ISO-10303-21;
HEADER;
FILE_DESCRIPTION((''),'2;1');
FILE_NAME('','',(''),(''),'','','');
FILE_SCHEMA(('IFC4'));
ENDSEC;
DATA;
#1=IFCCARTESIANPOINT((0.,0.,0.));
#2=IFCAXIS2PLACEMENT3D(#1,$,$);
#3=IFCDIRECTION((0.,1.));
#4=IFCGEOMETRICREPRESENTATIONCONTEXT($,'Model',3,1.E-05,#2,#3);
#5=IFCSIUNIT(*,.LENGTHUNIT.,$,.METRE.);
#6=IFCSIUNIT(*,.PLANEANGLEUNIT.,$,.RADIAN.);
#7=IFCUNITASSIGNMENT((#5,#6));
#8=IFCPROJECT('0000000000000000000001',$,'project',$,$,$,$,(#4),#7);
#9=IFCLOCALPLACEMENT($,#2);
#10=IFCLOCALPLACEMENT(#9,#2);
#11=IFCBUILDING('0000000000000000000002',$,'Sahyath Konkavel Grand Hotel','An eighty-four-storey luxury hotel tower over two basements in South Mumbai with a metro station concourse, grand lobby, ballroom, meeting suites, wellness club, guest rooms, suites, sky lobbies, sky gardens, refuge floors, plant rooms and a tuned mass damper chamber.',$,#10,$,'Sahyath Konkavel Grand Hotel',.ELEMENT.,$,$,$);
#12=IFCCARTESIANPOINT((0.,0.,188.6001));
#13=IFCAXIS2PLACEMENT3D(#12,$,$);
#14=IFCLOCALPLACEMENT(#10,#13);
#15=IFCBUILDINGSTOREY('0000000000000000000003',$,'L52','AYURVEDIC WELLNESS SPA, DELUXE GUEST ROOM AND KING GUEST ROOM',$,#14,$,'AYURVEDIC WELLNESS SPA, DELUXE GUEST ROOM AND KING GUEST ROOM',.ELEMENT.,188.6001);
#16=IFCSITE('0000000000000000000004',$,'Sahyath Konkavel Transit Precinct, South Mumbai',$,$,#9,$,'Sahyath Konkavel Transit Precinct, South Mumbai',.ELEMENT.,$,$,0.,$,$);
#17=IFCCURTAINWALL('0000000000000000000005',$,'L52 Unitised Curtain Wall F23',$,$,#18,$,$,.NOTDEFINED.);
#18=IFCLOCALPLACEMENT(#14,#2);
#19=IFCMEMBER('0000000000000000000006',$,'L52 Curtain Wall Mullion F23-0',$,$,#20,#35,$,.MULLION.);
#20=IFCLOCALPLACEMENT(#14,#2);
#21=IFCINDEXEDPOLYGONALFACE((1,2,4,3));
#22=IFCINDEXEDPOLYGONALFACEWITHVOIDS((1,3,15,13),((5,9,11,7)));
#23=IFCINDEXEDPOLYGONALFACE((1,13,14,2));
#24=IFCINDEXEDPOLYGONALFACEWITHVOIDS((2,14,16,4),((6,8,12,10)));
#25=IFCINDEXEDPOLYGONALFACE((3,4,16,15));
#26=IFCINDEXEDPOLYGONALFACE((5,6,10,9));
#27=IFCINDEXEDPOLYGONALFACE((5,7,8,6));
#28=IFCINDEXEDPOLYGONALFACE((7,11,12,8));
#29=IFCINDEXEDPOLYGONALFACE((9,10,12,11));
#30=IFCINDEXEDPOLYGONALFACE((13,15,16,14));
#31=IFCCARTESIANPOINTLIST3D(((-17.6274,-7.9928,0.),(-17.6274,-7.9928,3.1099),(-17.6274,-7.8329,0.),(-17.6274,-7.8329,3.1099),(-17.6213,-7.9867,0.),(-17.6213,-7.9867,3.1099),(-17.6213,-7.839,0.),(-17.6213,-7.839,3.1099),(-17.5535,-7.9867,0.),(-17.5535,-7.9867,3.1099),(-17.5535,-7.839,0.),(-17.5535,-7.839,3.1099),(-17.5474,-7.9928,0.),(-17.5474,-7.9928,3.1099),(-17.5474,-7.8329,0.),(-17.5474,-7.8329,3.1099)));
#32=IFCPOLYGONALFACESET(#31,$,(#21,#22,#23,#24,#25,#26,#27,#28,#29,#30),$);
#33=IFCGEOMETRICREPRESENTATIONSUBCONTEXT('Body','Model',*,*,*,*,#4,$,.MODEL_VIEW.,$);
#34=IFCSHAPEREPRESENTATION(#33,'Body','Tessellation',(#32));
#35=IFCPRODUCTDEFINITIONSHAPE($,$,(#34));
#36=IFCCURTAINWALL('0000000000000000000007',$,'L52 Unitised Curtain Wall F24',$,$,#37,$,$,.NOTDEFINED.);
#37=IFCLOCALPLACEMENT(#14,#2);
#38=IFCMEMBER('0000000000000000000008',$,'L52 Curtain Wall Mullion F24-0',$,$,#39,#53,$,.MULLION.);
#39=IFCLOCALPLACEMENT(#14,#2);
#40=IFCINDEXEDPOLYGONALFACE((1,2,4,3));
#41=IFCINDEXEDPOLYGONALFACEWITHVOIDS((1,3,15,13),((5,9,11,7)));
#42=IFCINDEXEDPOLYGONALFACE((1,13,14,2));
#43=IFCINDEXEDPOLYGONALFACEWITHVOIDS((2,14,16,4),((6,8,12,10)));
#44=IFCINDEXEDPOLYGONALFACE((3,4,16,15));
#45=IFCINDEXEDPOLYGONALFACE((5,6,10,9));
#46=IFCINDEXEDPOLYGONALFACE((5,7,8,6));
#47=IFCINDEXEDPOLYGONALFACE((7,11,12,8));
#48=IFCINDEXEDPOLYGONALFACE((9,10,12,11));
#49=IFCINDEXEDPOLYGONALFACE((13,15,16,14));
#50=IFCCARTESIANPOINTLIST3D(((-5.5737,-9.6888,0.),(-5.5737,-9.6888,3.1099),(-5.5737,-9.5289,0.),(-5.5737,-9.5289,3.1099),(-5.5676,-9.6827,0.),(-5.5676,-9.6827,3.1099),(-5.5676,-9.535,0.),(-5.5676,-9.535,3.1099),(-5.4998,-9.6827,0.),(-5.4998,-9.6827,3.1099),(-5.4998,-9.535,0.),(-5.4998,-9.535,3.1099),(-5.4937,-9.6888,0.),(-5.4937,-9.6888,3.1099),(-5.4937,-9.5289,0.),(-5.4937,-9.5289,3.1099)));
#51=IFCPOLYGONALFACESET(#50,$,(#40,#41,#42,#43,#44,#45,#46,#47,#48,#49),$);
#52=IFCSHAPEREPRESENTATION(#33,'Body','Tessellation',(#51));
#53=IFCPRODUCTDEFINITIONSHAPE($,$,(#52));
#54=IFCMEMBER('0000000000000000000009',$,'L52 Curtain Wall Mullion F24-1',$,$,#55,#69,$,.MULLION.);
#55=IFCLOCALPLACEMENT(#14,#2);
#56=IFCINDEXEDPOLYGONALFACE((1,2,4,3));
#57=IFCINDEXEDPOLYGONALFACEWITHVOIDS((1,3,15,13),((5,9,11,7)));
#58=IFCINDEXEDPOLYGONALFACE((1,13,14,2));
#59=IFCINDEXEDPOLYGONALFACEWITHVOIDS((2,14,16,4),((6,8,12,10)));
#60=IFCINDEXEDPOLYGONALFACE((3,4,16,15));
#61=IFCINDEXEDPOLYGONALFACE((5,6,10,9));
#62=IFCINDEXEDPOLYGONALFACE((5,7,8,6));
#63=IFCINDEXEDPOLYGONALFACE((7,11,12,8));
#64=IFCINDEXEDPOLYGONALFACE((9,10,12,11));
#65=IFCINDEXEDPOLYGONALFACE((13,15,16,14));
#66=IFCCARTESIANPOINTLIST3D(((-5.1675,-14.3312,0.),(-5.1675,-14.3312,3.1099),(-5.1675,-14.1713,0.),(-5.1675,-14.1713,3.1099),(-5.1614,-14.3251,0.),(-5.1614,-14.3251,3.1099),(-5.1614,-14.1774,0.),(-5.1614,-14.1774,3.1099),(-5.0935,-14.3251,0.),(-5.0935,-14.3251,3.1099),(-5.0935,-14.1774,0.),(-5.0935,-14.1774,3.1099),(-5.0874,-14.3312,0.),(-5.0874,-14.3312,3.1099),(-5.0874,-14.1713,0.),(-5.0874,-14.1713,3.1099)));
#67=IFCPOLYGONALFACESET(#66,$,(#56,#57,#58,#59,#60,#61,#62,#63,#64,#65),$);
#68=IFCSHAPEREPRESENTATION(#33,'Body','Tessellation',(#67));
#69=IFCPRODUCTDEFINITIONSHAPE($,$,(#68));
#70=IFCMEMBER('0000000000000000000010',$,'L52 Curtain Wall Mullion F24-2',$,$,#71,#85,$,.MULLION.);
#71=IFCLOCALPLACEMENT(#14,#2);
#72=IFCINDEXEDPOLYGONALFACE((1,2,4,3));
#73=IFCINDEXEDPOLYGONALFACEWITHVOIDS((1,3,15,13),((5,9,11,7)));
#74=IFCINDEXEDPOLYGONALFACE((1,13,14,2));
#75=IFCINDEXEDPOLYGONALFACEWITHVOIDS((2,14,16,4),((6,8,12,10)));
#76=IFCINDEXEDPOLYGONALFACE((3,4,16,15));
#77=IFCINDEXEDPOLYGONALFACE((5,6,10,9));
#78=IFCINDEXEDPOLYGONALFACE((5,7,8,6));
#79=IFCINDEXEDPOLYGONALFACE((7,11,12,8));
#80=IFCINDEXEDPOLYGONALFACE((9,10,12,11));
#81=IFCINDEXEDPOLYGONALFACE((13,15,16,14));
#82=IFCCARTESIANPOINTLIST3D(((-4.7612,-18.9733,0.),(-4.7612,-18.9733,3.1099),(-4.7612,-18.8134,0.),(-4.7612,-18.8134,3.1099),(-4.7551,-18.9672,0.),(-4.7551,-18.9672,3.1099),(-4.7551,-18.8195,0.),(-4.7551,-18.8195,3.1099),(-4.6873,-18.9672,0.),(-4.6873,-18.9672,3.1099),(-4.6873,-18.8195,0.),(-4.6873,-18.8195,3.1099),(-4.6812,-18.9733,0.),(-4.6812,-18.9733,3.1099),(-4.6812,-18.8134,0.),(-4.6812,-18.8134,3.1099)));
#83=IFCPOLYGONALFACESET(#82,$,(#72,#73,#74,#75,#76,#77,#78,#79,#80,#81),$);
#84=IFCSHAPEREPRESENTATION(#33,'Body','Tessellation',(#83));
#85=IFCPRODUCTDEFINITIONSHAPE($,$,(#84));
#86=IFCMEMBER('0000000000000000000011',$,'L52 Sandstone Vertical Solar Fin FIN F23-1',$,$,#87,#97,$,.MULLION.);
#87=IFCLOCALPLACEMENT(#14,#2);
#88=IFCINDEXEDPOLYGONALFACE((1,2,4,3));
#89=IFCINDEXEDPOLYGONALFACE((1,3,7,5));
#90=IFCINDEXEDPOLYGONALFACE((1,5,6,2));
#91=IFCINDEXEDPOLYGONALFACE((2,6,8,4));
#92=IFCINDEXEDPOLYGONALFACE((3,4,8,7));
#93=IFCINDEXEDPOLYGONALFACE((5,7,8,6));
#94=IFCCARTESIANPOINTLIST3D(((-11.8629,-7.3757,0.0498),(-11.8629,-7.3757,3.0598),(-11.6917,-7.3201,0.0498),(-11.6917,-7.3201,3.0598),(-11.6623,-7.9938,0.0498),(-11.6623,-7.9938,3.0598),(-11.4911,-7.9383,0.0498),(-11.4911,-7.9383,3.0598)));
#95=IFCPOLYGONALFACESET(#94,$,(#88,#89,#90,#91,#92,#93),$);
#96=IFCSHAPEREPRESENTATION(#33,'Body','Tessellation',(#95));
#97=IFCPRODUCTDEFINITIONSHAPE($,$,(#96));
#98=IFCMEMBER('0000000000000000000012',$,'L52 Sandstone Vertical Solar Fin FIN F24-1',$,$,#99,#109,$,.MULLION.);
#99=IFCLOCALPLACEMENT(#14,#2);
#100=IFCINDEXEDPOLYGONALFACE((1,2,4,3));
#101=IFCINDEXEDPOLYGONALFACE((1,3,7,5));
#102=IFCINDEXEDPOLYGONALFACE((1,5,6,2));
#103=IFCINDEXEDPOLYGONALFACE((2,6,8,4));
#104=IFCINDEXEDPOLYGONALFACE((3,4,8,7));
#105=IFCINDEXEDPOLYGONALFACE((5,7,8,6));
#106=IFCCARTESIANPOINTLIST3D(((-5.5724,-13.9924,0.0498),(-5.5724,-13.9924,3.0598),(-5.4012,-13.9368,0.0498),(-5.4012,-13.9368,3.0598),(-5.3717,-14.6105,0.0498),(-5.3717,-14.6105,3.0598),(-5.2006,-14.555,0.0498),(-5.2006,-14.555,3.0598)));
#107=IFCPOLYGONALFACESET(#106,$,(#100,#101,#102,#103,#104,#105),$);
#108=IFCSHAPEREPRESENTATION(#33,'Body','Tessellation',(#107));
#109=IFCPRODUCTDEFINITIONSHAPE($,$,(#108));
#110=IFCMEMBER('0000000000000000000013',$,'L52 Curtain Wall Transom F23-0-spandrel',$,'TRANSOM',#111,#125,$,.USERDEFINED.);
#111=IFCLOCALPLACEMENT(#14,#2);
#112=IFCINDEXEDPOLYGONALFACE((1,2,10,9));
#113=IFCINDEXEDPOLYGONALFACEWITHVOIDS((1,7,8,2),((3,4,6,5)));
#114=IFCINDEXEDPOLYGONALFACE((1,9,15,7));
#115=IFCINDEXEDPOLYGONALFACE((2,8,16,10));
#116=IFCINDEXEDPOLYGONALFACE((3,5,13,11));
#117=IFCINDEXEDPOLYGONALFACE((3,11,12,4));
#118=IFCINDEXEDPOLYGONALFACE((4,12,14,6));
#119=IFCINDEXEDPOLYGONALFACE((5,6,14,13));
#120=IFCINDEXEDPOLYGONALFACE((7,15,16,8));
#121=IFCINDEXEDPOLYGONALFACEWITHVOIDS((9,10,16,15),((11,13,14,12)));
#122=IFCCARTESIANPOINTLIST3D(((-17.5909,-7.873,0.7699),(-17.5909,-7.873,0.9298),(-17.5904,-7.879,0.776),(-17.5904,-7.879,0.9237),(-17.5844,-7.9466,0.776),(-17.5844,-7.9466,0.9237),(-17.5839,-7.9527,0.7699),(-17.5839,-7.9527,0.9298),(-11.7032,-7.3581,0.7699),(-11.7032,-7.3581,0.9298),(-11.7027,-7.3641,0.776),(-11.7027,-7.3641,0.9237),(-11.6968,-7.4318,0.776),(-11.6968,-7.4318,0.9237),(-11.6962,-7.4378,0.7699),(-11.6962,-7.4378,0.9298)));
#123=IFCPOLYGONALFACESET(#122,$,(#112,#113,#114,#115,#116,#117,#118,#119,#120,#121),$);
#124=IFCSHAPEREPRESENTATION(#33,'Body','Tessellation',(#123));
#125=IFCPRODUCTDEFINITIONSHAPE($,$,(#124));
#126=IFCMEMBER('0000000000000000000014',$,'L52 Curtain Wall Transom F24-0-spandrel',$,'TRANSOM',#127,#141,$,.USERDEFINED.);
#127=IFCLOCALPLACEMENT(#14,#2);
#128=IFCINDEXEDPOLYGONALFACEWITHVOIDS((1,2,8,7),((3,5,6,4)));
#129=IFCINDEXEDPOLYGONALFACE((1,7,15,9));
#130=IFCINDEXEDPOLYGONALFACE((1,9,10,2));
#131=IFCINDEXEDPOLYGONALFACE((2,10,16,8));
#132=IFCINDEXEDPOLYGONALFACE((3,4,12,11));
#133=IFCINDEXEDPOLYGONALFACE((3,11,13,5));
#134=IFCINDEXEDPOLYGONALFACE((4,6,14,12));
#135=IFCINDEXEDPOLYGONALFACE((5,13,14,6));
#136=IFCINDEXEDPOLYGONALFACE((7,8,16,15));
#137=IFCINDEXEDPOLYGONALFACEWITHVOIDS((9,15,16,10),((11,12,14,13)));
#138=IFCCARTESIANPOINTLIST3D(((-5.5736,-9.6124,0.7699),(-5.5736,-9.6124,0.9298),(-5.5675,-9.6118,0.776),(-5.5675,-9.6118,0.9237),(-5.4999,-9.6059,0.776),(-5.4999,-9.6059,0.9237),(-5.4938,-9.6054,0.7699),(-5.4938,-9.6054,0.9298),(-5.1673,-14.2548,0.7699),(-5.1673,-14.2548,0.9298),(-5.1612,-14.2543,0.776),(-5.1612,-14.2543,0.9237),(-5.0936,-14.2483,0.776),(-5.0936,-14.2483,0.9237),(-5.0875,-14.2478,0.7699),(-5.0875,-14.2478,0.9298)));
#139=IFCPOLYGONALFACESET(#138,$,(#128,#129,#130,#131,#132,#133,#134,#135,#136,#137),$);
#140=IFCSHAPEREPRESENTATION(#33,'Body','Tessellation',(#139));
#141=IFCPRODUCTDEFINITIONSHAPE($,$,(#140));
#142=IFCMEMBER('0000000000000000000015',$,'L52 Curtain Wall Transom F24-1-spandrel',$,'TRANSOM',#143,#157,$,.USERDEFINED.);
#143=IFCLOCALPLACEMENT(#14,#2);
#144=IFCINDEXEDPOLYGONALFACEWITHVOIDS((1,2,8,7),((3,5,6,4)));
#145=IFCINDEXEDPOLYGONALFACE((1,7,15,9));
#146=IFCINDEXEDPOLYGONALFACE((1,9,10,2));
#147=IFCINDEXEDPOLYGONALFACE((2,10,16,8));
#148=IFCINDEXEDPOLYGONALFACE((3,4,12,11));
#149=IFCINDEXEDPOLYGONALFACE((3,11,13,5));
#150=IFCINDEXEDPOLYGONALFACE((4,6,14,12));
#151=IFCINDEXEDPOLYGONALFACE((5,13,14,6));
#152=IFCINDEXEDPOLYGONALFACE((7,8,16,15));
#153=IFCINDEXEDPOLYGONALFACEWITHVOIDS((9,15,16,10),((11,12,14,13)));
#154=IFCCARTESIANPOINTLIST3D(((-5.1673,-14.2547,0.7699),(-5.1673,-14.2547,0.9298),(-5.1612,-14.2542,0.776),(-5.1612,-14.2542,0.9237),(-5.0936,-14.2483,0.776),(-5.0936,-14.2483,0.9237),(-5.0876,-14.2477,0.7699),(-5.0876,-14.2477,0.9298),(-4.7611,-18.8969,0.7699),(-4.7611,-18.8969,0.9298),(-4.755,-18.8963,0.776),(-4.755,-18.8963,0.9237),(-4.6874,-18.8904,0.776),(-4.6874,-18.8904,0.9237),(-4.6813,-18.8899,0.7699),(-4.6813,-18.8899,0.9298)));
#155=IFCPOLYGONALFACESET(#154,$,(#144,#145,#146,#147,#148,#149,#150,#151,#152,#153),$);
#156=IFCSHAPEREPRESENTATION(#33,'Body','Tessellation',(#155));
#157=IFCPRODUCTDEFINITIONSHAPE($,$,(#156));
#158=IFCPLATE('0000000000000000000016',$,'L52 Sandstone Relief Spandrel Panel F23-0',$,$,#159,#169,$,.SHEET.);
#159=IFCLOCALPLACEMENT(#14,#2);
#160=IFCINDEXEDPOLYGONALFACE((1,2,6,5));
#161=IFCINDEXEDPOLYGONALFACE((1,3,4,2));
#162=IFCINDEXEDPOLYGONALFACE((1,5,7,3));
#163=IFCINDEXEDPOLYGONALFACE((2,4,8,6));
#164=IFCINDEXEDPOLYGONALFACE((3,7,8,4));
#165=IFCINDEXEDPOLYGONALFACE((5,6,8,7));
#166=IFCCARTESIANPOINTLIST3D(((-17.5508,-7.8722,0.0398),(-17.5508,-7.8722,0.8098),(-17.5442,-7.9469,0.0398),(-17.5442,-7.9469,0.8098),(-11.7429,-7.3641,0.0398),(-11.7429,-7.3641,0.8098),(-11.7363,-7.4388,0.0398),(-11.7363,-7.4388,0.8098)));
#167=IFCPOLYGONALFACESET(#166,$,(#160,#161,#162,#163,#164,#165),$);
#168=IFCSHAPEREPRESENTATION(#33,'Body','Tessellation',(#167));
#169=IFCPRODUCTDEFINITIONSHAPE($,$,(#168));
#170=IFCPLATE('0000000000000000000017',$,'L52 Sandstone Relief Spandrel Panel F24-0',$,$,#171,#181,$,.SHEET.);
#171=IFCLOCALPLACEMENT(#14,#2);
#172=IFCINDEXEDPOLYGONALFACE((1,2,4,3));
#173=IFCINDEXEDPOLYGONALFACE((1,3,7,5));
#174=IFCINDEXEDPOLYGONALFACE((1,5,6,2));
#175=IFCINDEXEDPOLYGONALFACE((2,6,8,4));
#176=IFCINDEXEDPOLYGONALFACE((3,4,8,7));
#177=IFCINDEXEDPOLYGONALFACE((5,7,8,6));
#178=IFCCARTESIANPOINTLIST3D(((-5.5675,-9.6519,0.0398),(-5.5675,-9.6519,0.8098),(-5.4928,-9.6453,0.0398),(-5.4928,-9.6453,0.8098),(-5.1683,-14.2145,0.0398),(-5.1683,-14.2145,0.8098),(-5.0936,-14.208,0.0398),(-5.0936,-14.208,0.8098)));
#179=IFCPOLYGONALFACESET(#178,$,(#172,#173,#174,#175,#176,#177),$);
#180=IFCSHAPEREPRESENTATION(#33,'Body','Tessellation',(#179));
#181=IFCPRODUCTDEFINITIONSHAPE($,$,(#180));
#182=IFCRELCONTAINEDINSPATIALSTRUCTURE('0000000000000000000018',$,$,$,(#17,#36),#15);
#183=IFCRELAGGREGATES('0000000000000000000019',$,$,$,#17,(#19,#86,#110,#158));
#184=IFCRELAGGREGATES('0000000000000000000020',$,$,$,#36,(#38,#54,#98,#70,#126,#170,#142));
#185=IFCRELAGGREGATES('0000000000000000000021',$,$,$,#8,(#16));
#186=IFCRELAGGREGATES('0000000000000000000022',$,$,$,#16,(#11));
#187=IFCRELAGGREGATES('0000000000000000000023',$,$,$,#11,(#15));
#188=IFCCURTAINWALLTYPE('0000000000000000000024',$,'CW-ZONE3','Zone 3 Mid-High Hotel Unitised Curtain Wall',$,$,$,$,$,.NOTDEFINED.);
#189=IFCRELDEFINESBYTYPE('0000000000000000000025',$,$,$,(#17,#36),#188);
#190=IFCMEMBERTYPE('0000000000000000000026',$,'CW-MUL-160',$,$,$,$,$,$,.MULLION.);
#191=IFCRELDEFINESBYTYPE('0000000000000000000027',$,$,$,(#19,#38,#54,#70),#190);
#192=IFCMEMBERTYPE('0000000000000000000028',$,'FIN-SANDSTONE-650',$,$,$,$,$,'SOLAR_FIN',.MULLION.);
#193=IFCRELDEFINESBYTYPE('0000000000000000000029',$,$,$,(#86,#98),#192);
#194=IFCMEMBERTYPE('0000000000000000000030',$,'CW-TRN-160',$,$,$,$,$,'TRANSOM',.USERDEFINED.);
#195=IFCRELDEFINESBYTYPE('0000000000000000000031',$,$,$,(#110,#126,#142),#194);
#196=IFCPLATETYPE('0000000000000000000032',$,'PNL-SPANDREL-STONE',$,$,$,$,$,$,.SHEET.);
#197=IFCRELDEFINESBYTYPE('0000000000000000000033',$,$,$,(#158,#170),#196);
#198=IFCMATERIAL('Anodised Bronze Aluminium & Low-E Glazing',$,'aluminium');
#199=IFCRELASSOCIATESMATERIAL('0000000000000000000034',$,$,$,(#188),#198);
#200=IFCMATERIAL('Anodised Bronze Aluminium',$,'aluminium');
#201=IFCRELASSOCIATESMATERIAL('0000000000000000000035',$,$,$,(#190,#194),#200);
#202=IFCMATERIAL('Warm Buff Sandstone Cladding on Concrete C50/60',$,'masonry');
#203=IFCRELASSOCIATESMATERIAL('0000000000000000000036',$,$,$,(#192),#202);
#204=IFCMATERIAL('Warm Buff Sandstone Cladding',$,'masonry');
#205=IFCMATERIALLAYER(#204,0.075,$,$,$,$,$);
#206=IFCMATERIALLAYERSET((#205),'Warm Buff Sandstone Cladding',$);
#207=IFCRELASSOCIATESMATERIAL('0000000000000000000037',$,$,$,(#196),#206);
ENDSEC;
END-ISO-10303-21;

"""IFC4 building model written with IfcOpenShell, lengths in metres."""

from ifc_helpers import new_model, si_unit, direction, frame, origin, origin_2d, place, context, subcontext, project, spatial, rectangle, hollow_rectangle, extrude, source, transform, mapped, material, layer, layer_set, material_profile, profile_set, type_object, element, aggregate, save


model = new_model("IFC4")

# Units and contexts
model_context = context("Model", 3, precision=1e-05, world=origin(), true_north=direction((0.0, 1.0)))
body_context = subcontext(model_context, "Body", "Model", "MODEL_VIEW")
ifc_project = project(units=[si_unit("LENGTHUNIT", "METRE"), si_unit("PLANEANGLEUNIT", "RADIAN")], contexts=[model_context])

# Site, building, storey
site_placement = place(None, origin())
site = spatial("IfcSite", under=ifc_project, at=site_placement, Name="Sahyath Konkavel Transit Precinct, South Mumbai", LongName="Sahyath Konkavel Transit Precinct, South Mumbai", CompositionType="ELEMENT", RefElevation=0.0)
building_placement = place(site_placement, origin())
building = spatial("IfcBuilding", under=site, at=building_placement, Name="Sahyath Konkavel Grand Hotel", Description="An eighty-four-storey luxury hotel tower over two basements in South Mumbai with a metro station concourse, grand lobby, ballroom, meeting suites, wellness club, guest rooms, suites, sky lobbies, sky gardens, refuge floors, plant rooms and a tuned mass damper chamber.", LongName="Sahyath Konkavel Grand Hotel", CompositionType="ELEMENT")
storey_placement = place(building_placement, frame((0.0, 0.0, 188.6001)))
storey = spatial("IfcBuildingStorey", under=building, at=storey_placement, Name="L52", Description="AYURVEDIC WELLNESS SPA, DELUXE GUEST ROOM AND KING GUEST ROOM", LongName="AYURVEDIC WELLNESS SPA, DELUXE GUEST ROOM AND KING GUEST ROOM", CompositionType="ELEMENT", Elevation=188.6001)

# Curtain wall, member
ifc_material_1 = material(Name="Anodised Bronze Aluminium & Low-E Glazing", Category="aluminium")
curtain_wall_type = type_object("IfcCurtainWallType", Name="CW-ZONE3", Description="Zone 3 Mid-High Hotel Unitised Curtain Wall", PredefinedType="NOTDEFINED", material=ifc_material_1)
curtain_wall_1_placement = place(storey_placement, origin())
curtain_wall_1 = element("IfcCurtainWall", 1, at=curtain_wall_1_placement, inside=storey, type_object=curtain_wall_type, Name="L52 Unitised Curtain Wall F23", PredefinedType="NOTDEFINED")
ifc_material_2 = material(Name="Anodised Bronze Aluminium", Category="aluminium")
ifc_material_profile_1 = material_profile(ifc_material_2, hollow_rectangle(XDim=0.0801, YDim=0.1599, WallThickness=0.0061, at=origin_2d()), Name="RHS 160x80x6")
ifc_profile_set_1 = profile_set([ifc_material_profile_1], Name="Anodised Bronze Aluminium")
member_type_1 = type_object("IfcMemberType", Name="CW-MUL-160", PredefinedType="MULLION", material=ifc_profile_set_1)
shared_shape_1 = source(origin(), body_context, "Body", "SweptSolid", [
    extrude(hollow_rectangle(XDim=0.0801, YDim=0.1599, WallThickness=0.0061, at=origin_2d()), origin(), (0.0, 0.0, 1.0), 3.1099),
])
member_1_placement = place(storey_placement, frame((-17.5874, -7.9128, 0.0), z_axis=(0.0, 0.0, 1.0), x_axis=(1.0, 0.0, 0.0)))
member_1 = element("IfcMember", 2, at=member_1_placement, type_object=member_type_1, Name="L52 Curtain Wall Mullion F23-0", PredefinedType="MULLION", context=body_context, shape_type="MappedRepresentation", body=[
    mapped(shared_shape_1, transform((0.0, 0.0, 0.0), scale=1.0)),
])

# Curtain wall, members
curtain_wall_2_placement = place(storey_placement, origin())
curtain_wall_2 = element("IfcCurtainWall", 3, at=curtain_wall_2_placement, inside=storey, type_object=curtain_wall_type, Name="L52 Unitised Curtain Wall F24", PredefinedType="NOTDEFINED")
member_2_placement = place(storey_placement, frame((-5.5337, -9.6089, 0.0), z_axis=(0.0, 0.0, 1.0), x_axis=(1.0, 0.0, 0.0)))
member_2 = element("IfcMember", 4, at=member_2_placement, type_object=member_type_1, Name="L52 Curtain Wall Mullion F24-0", PredefinedType="MULLION", context=body_context, shape_type="MappedRepresentation", body=[
    mapped(shared_shape_1, transform((0.0, 0.0, 0.0), scale=1.0)),
])
member_3_placement = place(storey_placement, frame((-5.1274, -14.2512, 0.0), z_axis=(0.0, 0.0, 1.0), x_axis=(1.0, 0.0, 0.0)))
member_3 = element("IfcMember", 5, at=member_3_placement, type_object=member_type_1, Name="L52 Curtain Wall Mullion F24-1", PredefinedType="MULLION", context=body_context, shape_type="MappedRepresentation", body=[
    mapped(shared_shape_1, transform((0.0, 0.0, 0.0), scale=1.0)),
])
member_4_placement = place(storey_placement, frame((-4.7212, -18.8933, 0.0), z_axis=(0.0, 0.0, 1.0), x_axis=(1.0, 0.0, 0.0)))
member_4 = element("IfcMember", 6, at=member_4_placement, type_object=member_type_1, Name="L52 Curtain Wall Mullion F24-2", PredefinedType="MULLION", context=body_context, shape_type="MappedRepresentation", body=[
    mapped(shared_shape_1, transform((0.0, 0.0, 0.0), scale=1.0)),
])

# Members
ifc_material_3 = material(Name="Warm Buff Sandstone Cladding on Concrete C50/60", Category="masonry")
ifc_material_profile_2 = material_profile(ifc_material_3, rectangle(XDim=0.1799, YDim=0.6499, at=origin_2d()), Name="FIN 180x650")
ifc_profile_set_2 = profile_set([ifc_material_profile_2], Name="Warm Buff Sandstone Cladding on Concrete C50/60")
member_type_2 = type_object("IfcMemberType", Name="FIN-SANDSTONE-650", ElementType="SOLAR_FIN", PredefinedType="MULLION", material=ifc_profile_set_2)
shared_shape_2 = source(origin(), body_context, "Body", "SweptSolid", [
    extrude(rectangle(XDim=0.1799, YDim=0.6499, at=origin_2d()), origin(), (0.0, 0.0, 1.0), 3.01),
])
member_5_placement = place(storey_placement, frame((-11.677, -7.657, 0.0498), z_axis=(0.0, 0.0, 1.0), x_axis=(0.951164, 0.308685, 0.0)))
member_5 = element("IfcMember", 7, at=member_5_placement, type_object=member_type_2, Name="L52 Sandstone Vertical Solar Fin FIN F23-1", PredefinedType="MULLION", context=body_context, shape_type="MappedRepresentation", body=[
    mapped(shared_shape_2, transform((0.0, 0.0, 0.0), scale=1.0)),
])
member_6_placement = place(storey_placement, frame((-5.3865, -14.2737, 0.0498), z_axis=(0.0, 0.0, 1.0), x_axis=(0.951164, 0.308685, 0.0)))
member_6 = element("IfcMember", 8, at=member_6_placement, type_object=member_type_2, Name="L52 Sandstone Vertical Solar Fin FIN F24-1", PredefinedType="MULLION", context=body_context, shape_type="MappedRepresentation", body=[
    mapped(shared_shape_2, transform((0.0, 0.0, 0.0), scale=1.0)),
])
ifc_material_profile_3 = material_profile(ifc_material_2, hollow_rectangle(XDim=0.0801, YDim=0.1599, WallThickness=0.0061, at=origin_2d()), Name="RHS 160x80x6")
ifc_profile_set_3 = profile_set([ifc_material_profile_3], Name="Anodised Bronze Aluminium")
member_type_3 = type_object("IfcMemberType", Name="CW-TRN-160", ElementType="TRANSOM", PredefinedType="USERDEFINED", material=ifc_profile_set_3)
shared_shape_3 = source(origin(), body_context, "Body", "SweptSolid", [
    extrude(hollow_rectangle(XDim=0.0801, YDim=0.1599, WallThickness=0.0061, at=origin_2d()), origin(), (0.0, 0.0, 1.0), 5.9102),
])
member_7_placement = place(storey_placement, frame((-17.5874, -7.9128, 0.8499), z_axis=(0.996198, 0.08712, 0.0), x_axis=(-0.08712, 0.996198, 0.0)))
member_7 = element("IfcMember", 9, at=member_7_placement, type_object=member_type_3, Name="L52 Curtain Wall Transom F23-0-spandrel", ObjectType="TRANSOM", PredefinedType="USERDEFINED", context=body_context, shape_type="MappedRepresentation", body=[
    mapped(shared_shape_3, transform((0.0, 0.0, 0.0), scale=1.0)),
])
shared_shape_4 = source(origin(), body_context, "Body", "SweptSolid", [
    extrude(hollow_rectangle(XDim=0.0801, YDim=0.1599, WallThickness=0.0061, at=origin_2d()), origin(), (0.0, 0.0, 1.0), 4.6602),
])
member_8_placement = place(storey_placement, frame((-5.5337, -9.6089, 0.8499), z_axis=(0.087177, -0.996193, 0.0), x_axis=(0.996193, 0.087177, 0.0)))
member_8 = element("IfcMember", 10, at=member_8_placement, type_object=member_type_3, Name="L52 Curtain Wall Transom F24-0-spandrel", ObjectType="TRANSOM", PredefinedType="USERDEFINED", context=body_context, shape_type="MappedRepresentation", body=[
    mapped(shared_shape_4, transform((0.0, 0.0, 0.0), scale=1.0)),
])
shared_shape_5 = source(origin(), body_context, "Body", "SweptSolid", [
    extrude(hollow_rectangle(XDim=0.0801, YDim=0.1599, WallThickness=0.0061, at=origin_2d()), origin(), (0.0, 0.0, 1.0), 4.6599),
])
member_9_placement = place(storey_placement, frame((-5.1274, -14.2512, 0.8499), z_axis=(0.087181, -0.996192, 0.0), x_axis=(0.996192, 0.087181, 0.0)))
member_9 = element("IfcMember", 11, at=member_9_placement, type_object=member_type_3, Name="L52 Curtain Wall Transom F24-1-spandrel", ObjectType="TRANSOM", PredefinedType="USERDEFINED", context=body_context, shape_type="MappedRepresentation", body=[
    mapped(shared_shape_5, transform((0.0, 0.0, 0.0), scale=1.0)),
])

# Plates
ifc_material_4 = material(Name="Warm Buff Sandstone Cladding", Category="masonry")
ifc_layer_1 = layer(ifc_material_4, 0.075)
ifc_layer_set_1 = layer_set([ifc_layer_1], Name="Warm Buff Sandstone Cladding")
plate_type_1 = type_object("IfcPlateType", Name="PNL-SPANDREL-STONE", PredefinedType="SHEET", material=ifc_layer_set_1)
shared_shape_6 = source(origin(), body_context, "Body", "SweptSolid", [
    extrude(rectangle(XDim=5.8301, YDim=0.075, at=origin_2d()), origin(), (0.0, 0.0, 1.0), 0.77),
])
plate_1_placement = place(storey_placement, frame((-14.6436, -7.6555, 0.0398), z_axis=(0.0, 0.0, 1.0), x_axis=(0.996195, 0.087156, 0.0)))
plate_1 = element("IfcPlate", 12, at=plate_1_placement, type_object=plate_type_1, Name="L52 Sandstone Relief Spandrel Panel F23-0", PredefinedType="SHEET", context=body_context, shape_type="MappedRepresentation", body=[
    mapped(shared_shape_6, transform((0.0, 0.0, 0.0), scale=1.0)),
])
shared_shape_7 = source(origin(), body_context, "Body", "SweptSolid", [
    extrude(rectangle(XDim=4.5801, YDim=0.075, at=origin_2d()), origin(), (0.0, 0.0, 1.0), 0.77),
])
plate_2_placement = place(storey_placement, frame((-5.3306, -11.9299, 0.0398), z_axis=(0.0, 0.0, 1.0), x_axis=(0.087156, -0.996195, 0.0)))
plate_2 = element("IfcPlate", 13, at=plate_2_placement, type_object=plate_type_1, Name="L52 Sandstone Relief Spandrel Panel F24-0", PredefinedType="SHEET", context=body_context, shape_type="MappedRepresentation", body=[
    mapped(shared_shape_7, transform((0.0, 0.0, 0.0), scale=1.0)),
])
aggregate(curtain_wall_1, [member_1, member_5, member_7, plate_1])
aggregate(curtain_wall_2, [member_2, member_3, member_6, member_4, member_8, plate_2, member_9])

save(model, "model.ifc")
